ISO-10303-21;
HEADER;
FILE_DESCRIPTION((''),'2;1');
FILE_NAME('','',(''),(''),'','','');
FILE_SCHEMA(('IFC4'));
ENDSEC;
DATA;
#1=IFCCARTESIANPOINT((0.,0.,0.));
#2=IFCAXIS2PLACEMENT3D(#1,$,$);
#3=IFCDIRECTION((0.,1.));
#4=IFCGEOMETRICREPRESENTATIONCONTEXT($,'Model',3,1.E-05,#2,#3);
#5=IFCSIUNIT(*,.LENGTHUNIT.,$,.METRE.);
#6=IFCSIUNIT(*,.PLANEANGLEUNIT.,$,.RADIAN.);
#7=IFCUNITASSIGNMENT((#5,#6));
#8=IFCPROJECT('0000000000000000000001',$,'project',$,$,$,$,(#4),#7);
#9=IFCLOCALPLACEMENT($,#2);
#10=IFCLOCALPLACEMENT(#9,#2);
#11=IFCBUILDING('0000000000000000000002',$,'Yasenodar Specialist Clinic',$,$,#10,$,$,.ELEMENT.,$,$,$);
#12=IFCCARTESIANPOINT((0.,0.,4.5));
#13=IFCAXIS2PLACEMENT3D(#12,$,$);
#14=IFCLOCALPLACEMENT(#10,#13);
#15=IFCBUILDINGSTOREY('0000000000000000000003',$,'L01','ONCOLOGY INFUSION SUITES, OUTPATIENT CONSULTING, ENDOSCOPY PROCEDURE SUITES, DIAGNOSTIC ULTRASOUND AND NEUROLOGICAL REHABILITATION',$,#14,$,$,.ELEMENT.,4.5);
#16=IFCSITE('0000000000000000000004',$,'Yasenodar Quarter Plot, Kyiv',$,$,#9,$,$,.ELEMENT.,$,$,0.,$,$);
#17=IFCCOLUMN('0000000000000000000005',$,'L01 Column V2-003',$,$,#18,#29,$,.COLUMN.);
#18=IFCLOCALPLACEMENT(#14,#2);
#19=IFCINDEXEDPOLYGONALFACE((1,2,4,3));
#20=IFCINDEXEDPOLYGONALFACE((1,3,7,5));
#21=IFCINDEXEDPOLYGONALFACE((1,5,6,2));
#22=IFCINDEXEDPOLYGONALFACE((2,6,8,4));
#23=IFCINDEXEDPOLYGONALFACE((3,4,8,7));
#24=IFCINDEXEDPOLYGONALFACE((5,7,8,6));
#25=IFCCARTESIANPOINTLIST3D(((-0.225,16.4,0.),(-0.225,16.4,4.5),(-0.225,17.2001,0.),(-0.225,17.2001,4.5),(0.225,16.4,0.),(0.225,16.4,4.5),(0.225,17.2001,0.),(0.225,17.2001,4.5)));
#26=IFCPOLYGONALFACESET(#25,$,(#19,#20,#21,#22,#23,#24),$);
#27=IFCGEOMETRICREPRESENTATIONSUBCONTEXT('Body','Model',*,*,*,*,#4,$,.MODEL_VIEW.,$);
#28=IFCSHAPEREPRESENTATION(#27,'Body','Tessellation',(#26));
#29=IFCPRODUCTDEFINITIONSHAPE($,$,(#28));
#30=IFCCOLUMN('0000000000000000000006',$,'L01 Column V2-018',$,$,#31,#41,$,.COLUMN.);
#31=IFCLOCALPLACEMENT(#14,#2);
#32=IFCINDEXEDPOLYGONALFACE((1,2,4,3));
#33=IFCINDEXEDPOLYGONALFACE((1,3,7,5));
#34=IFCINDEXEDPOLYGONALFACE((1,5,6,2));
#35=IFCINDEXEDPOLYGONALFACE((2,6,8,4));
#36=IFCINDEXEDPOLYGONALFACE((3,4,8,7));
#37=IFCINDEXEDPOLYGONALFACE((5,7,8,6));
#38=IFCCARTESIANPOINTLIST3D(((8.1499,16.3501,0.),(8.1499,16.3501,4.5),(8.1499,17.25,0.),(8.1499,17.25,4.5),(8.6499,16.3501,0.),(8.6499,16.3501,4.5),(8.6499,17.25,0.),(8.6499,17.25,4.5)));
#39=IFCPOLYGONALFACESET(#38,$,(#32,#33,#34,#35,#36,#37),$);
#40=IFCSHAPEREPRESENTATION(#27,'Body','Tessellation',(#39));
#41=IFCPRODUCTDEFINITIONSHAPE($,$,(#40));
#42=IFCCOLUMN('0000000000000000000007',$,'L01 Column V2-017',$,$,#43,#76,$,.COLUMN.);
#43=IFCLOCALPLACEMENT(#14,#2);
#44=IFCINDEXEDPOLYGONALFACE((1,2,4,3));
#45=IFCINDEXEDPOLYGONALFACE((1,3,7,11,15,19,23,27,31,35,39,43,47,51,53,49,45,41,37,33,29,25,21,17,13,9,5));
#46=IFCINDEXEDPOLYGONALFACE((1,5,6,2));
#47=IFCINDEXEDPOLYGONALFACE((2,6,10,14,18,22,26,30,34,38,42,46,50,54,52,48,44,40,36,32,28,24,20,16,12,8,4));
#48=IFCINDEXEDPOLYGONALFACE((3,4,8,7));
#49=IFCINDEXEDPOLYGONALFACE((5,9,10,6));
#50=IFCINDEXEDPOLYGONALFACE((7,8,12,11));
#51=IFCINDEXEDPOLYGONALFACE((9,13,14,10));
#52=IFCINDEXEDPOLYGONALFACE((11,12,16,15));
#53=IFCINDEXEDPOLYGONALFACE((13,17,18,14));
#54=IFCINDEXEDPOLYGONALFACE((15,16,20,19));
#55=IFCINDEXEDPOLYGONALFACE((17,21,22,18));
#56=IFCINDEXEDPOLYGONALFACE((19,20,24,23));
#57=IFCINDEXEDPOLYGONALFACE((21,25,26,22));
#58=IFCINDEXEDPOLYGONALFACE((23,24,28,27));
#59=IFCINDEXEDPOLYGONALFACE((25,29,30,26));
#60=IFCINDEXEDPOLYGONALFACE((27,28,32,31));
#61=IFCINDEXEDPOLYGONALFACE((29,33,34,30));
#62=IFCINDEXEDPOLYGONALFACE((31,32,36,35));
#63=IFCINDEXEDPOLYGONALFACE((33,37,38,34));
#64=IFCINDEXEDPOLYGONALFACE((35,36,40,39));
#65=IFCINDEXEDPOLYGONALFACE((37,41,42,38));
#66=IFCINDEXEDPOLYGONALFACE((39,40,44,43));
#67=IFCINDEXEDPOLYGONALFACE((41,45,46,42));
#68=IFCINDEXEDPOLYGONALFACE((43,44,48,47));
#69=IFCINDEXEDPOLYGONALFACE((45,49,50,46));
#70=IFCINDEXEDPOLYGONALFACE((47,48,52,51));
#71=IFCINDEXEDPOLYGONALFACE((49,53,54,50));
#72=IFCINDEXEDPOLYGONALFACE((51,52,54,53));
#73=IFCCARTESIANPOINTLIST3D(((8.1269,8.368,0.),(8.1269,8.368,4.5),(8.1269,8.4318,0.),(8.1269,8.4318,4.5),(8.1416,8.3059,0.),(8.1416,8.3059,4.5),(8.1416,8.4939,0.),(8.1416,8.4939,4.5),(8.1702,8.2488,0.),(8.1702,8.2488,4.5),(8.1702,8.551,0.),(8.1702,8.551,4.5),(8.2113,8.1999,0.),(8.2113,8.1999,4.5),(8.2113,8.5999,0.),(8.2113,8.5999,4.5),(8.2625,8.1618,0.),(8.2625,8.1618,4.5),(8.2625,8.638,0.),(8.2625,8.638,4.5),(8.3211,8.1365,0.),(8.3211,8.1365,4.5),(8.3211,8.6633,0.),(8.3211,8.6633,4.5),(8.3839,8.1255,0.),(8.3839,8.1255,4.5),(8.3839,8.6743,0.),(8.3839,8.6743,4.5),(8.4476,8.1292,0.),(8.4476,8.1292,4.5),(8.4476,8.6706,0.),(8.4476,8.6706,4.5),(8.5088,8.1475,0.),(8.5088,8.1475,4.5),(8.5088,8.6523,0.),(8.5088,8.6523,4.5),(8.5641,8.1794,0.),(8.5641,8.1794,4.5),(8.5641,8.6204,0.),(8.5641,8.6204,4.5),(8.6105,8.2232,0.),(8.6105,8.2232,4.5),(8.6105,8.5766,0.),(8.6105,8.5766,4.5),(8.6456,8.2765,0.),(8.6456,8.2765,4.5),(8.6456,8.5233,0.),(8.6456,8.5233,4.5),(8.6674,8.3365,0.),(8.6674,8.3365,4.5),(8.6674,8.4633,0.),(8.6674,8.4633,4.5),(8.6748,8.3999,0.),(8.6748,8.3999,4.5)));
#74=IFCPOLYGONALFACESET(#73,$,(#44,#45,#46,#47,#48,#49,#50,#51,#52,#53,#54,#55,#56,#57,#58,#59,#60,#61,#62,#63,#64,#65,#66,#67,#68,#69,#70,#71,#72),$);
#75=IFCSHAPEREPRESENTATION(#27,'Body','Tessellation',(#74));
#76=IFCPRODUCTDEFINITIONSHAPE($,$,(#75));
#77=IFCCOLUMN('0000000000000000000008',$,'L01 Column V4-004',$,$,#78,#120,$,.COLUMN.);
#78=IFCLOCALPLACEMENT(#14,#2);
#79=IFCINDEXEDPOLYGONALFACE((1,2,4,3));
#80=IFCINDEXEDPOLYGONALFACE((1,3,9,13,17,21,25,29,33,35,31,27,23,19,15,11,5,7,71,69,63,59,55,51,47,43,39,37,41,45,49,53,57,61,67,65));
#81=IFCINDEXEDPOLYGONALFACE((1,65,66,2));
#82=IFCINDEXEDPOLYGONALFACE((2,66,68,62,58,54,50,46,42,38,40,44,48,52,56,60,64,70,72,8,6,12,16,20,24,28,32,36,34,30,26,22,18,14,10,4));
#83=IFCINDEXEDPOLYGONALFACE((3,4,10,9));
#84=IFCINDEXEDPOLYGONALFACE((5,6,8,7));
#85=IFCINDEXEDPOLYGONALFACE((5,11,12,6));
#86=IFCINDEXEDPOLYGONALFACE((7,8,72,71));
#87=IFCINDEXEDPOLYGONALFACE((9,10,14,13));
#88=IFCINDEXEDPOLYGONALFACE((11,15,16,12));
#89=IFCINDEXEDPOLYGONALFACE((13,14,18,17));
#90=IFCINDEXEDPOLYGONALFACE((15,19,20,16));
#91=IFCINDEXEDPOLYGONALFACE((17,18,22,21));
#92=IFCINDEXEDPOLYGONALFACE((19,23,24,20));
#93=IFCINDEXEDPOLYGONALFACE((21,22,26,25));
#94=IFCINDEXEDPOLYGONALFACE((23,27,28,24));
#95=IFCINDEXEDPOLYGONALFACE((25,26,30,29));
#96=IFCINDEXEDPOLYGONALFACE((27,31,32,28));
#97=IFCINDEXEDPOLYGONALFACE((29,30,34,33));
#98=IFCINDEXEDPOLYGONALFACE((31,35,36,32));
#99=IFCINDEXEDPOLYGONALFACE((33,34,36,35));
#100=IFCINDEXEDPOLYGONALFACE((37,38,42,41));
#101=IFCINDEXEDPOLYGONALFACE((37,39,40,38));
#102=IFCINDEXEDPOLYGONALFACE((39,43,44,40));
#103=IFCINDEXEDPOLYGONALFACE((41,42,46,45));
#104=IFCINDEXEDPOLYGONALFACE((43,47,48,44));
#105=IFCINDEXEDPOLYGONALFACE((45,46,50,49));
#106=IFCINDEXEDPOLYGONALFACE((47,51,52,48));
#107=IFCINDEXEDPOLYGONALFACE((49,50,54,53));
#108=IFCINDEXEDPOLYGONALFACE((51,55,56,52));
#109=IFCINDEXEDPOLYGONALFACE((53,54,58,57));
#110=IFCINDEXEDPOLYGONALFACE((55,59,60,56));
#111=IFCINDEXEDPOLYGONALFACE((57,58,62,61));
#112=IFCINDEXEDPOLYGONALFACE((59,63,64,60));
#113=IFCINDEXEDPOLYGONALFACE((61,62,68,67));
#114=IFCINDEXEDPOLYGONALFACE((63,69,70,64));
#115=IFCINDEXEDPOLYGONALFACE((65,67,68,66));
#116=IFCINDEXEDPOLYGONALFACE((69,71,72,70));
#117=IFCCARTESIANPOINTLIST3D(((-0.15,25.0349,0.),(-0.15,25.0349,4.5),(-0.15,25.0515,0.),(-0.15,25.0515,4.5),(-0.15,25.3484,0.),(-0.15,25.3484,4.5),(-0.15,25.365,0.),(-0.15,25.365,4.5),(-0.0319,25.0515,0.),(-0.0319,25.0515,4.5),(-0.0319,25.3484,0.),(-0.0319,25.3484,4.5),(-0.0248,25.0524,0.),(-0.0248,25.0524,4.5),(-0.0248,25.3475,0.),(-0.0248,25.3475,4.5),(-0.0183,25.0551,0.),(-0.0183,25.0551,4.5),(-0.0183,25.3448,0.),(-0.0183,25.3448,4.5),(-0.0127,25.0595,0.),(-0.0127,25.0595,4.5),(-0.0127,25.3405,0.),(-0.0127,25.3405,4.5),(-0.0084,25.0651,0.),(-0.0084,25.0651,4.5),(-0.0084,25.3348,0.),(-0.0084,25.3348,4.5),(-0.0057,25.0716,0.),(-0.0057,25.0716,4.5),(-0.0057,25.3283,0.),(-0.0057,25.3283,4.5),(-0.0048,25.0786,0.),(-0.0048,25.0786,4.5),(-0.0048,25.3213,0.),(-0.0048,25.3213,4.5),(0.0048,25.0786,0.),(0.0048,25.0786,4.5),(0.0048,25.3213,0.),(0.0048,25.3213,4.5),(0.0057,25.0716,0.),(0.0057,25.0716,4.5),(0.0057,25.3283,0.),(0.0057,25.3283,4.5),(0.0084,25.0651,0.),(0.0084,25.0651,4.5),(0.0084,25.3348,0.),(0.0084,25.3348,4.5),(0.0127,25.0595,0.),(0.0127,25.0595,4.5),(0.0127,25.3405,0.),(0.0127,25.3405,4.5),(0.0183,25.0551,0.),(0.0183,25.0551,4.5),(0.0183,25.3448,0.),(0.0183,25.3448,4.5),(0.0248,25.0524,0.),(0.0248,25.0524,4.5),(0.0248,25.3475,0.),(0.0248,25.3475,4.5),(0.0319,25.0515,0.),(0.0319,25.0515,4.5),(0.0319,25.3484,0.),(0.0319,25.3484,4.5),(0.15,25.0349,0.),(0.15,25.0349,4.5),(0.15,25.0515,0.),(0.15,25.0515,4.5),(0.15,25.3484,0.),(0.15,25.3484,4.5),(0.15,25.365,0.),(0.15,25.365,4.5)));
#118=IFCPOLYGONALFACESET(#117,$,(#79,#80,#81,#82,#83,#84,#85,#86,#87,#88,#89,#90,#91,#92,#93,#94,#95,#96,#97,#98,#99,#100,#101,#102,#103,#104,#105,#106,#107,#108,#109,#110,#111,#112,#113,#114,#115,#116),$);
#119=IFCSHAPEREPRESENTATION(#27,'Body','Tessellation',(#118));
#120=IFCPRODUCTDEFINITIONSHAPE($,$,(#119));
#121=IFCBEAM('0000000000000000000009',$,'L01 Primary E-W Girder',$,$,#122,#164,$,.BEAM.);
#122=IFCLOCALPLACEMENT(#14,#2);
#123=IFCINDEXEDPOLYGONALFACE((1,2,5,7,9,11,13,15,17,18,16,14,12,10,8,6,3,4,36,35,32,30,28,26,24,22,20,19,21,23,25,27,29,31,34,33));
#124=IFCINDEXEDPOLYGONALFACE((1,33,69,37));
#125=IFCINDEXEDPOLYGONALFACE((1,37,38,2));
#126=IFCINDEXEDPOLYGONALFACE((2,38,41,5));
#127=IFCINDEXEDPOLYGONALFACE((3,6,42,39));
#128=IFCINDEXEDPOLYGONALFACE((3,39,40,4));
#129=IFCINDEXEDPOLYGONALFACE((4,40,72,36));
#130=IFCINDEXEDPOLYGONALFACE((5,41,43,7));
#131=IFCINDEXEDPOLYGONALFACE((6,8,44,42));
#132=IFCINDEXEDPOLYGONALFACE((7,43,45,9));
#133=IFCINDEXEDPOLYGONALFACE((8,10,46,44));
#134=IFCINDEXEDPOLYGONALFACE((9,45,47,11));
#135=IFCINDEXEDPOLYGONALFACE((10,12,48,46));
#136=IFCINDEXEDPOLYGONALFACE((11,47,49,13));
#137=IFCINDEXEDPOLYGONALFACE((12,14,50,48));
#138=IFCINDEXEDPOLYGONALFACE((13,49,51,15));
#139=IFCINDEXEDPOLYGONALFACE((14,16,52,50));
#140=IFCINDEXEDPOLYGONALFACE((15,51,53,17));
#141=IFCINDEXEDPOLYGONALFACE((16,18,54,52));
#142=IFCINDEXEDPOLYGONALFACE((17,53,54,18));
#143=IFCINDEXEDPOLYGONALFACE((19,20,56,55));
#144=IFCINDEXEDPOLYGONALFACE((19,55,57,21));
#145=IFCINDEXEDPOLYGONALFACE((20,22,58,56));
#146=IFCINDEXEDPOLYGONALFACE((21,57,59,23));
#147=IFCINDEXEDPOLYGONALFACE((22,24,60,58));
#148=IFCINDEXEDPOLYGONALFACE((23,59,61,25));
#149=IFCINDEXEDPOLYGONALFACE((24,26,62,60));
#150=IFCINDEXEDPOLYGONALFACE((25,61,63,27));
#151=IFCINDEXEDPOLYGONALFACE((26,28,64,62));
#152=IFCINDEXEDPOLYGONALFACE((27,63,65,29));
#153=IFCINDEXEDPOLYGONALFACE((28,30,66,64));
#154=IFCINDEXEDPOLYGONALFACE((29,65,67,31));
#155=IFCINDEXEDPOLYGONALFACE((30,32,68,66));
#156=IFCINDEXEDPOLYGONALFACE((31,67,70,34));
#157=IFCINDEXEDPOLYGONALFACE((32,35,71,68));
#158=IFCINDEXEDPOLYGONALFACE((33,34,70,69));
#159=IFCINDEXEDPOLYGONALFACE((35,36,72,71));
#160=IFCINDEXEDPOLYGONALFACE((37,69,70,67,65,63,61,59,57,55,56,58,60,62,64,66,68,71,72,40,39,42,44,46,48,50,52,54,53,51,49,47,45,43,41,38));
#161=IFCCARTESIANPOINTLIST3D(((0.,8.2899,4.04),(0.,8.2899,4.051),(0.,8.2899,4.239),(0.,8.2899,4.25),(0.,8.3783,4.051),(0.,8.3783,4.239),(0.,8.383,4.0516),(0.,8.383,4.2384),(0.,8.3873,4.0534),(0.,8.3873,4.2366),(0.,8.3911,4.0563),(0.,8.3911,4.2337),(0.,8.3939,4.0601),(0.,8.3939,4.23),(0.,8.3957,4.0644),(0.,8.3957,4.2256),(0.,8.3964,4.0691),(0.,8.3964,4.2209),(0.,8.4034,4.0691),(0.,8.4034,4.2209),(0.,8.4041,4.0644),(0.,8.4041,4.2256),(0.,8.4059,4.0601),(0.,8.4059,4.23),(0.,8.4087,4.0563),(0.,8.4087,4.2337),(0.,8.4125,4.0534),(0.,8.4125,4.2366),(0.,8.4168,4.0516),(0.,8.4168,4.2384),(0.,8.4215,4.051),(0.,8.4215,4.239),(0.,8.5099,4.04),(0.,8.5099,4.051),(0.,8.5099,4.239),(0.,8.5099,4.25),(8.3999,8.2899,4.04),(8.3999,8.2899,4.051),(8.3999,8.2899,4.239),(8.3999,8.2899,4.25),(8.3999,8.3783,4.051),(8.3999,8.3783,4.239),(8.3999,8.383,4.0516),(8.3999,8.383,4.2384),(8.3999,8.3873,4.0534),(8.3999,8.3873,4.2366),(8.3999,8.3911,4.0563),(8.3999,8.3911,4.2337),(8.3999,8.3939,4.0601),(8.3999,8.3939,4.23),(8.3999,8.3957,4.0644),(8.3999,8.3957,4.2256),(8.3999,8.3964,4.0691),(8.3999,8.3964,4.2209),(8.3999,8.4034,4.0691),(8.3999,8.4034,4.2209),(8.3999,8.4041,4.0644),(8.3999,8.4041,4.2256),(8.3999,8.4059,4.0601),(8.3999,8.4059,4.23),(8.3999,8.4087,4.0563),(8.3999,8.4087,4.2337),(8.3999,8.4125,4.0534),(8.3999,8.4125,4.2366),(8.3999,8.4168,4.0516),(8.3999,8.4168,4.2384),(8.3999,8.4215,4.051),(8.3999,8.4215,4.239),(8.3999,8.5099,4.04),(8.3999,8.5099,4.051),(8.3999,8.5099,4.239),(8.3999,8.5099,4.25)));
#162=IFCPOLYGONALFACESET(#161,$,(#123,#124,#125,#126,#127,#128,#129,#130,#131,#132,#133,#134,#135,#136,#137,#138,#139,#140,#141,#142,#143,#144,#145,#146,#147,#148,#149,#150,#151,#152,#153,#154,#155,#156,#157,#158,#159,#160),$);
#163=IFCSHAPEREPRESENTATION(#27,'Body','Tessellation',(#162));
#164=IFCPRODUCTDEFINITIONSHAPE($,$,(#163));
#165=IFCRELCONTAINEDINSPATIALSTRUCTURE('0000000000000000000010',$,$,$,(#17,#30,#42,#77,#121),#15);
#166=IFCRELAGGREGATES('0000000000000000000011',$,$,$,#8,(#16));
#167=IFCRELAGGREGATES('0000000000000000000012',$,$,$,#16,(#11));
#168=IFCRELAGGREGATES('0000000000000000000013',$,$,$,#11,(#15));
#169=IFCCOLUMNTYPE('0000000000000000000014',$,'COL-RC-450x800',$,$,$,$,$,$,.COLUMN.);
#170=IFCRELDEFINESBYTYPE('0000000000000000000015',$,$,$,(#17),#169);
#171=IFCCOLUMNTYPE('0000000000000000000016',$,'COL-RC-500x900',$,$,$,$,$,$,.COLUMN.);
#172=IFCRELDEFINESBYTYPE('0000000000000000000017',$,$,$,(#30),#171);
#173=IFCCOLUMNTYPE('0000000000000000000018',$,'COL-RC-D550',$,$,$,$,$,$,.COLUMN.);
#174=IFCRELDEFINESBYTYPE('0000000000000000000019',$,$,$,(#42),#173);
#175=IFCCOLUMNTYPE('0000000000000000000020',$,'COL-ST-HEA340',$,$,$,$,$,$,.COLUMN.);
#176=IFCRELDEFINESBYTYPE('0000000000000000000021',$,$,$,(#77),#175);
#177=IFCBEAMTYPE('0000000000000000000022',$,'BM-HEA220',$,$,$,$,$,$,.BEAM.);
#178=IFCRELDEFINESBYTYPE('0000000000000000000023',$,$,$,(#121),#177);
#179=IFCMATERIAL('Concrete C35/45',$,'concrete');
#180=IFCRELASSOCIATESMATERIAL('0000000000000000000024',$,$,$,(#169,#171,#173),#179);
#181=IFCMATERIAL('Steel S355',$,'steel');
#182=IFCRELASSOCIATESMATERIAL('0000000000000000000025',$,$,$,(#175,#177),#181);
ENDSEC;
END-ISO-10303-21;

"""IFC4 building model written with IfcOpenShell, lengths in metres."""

from ifc_helpers import new_model, si_unit, direction, frame, origin, origin_2d, place, context, subcontext, project, spatial, rectangle, circle, i_section, extrude, material, material_profile, profile_set, type_object, element, save


model = new_model("IFC4")

# Units and contexts
model_context = context("Model", 3, precision=1e-05, world=origin(), true_north=direction((0.0, 1.0)))
body_context = subcontext(model_context, "Body", "Model", "MODEL_VIEW")
ifc_project = project(units=[si_unit("LENGTHUNIT", "METRE"), si_unit("PLANEANGLEUNIT", "RADIAN")], contexts=[model_context])

# Site, building, storey
site_placement = place(None, origin())
site = spatial("IfcSite", under=ifc_project, at=site_placement, Name="Yasenodar Quarter Plot, Kyiv", CompositionType="ELEMENT", RefElevation=0.0)
building_placement = place(site_placement, origin())
building = spatial("IfcBuilding", under=site, at=building_placement, Name="Yasenodar Specialist Clinic", CompositionType="ELEMENT")
storey_placement = place(building_placement, frame((0.0, 0.0, 4.5)))
storey = spatial("IfcBuildingStorey", under=building, at=storey_placement, Name="L01", Description="ONCOLOGY INFUSION SUITES, OUTPATIENT CONSULTING, ENDOSCOPY PROCEDURE SUITES, DIAGNOSTIC ULTRASOUND AND NEUROLOGICAL REHABILITATION", CompositionType="ELEMENT", Elevation=4.5)

# Columns
ifc_material_1 = material(Name="Concrete C35/45", Category="concrete")
ifc_material_profile_1 = material_profile(ifc_material_1, rectangle(XDim=0.45, YDim=0.8, at=origin_2d()), Name="RC 450x800")
ifc_profile_set_1 = profile_set([ifc_material_profile_1], Name="Concrete C35/45")
column_type_1 = type_object("IfcColumnType", Name="COL-RC-450x800", PredefinedType="COLUMN", material=ifc_profile_set_1)
column_1_placement = place(storey_placement, frame((0.0, 16.8, 0.0), z_axis=(0.0, 0.0, 1.0), x_axis=(1.0, 0.0, 0.0)))
element("IfcColumn", 1, at=column_1_placement, inside=storey, type_object=column_type_1, Name="L01 Column V2-003", PredefinedType="COLUMN", context=body_context, shape_type="SweptSolid", body=[
    extrude(rectangle(XDim=0.45, YDim=0.8, at=origin_2d()), origin(), (0.0, 0.0, 1.0), 4.5),
])
ifc_material_profile_2 = material_profile(ifc_material_1, rectangle(XDim=0.5, YDim=0.8999, at=origin_2d()), Name="RC 500x900")
ifc_profile_set_2 = profile_set([ifc_material_profile_2], Name="Concrete C35/45")
column_type_2 = type_object("IfcColumnType", Name="COL-RC-500x900", PredefinedType="COLUMN", material=ifc_profile_set_2)
column_2_placement = place(storey_placement, frame((8.3999, 16.8, 0.0), z_axis=(0.0, 0.0, 1.0), x_axis=(1.0, 0.0, 0.0)))
element("IfcColumn", 2, at=column_2_placement, inside=storey, type_object=column_type_2, Name="L01 Column V2-018", PredefinedType="COLUMN", context=body_context, shape_type="SweptSolid", body=[
    extrude(rectangle(XDim=0.5, YDim=0.8999, at=origin_2d()), origin(), (0.0, 0.0, 1.0), 4.5),
])
ifc_material_profile_3 = material_profile(ifc_material_1, circle(Radius=0.2749, at=origin_2d()), Name="RC D550")
ifc_profile_set_3 = profile_set([ifc_material_profile_3], Name="Concrete C35/45")
column_type_3 = type_object("IfcColumnType", Name="COL-RC-D550", PredefinedType="COLUMN", material=ifc_profile_set_3)
column_3_placement = place(storey_placement, frame((8.3999, 8.3999, 0.0), z_axis=(0.0, 0.0, 1.0), x_axis=(1.0, 0.0, 0.0)))
element("IfcColumn", 3, at=column_3_placement, inside=storey, type_object=column_type_3, Name="L01 Column V2-017", PredefinedType="COLUMN", context=body_context, shape_type="SweptSolid", body=[
    extrude(circle(Radius=0.2749, at=origin_2d()), origin(), (0.0, 0.0, 1.0), 4.5),
])
ifc_material_2 = material(Name="Steel S355", Category="steel")
ifc_material_profile_4 = material_profile(ifc_material_2, i_section(OverallWidth=0.3, OverallDepth=0.3301, WebThickness=0.0095, FlangeThickness=0.0166, FilletRadius=0.0271, at=origin_2d()), Name="HEA 340")
ifc_profile_set_4 = profile_set([ifc_material_profile_4], Name="Steel S355")
column_type_4 = type_object("IfcColumnType", Name="COL-ST-HEA340", PredefinedType="COLUMN", material=ifc_profile_set_4)
column_4_placement = place(storey_placement, frame((0.0, 25.2, 0.0), z_axis=(0.0, 0.0, 1.0), x_axis=(1.0, 0.0, 0.0)))
element("IfcColumn", 4, at=column_4_placement, inside=storey, type_object=column_type_4, Name="L01 Column V4-004", PredefinedType="COLUMN", context=body_context, shape_type="SweptSolid", body=[
    extrude(i_section(OverallWidth=0.3, OverallDepth=0.3301, WebThickness=0.0095, FlangeThickness=0.0166, FilletRadius=0.0271, at=origin_2d()), origin(), (0.0, 0.0, 1.0), 4.5),
])

# Beam
ifc_material_profile_5 = material_profile(ifc_material_2, i_section(OverallWidth=0.22, OverallDepth=0.21, WebThickness=0.0071, FlangeThickness=0.011, FilletRadius=0.0181, at=origin_2d()), Name="HEA 220")
ifc_profile_set_5 = profile_set([ifc_material_profile_5], Name="Steel S355")
beam_type_1 = type_object("IfcBeamType", Name="BM-HEA220", PredefinedType="BEAM", material=ifc_profile_set_5)
for number, where, z_axis, x_axis, name in (
    (5, (0.0, 8.3999, 4.145), (1.0, 0.0, 0.0), (0.0, 1.0, 0.0), "L01 Primary E-W Girder"),
):
    element("IfcBeam", number, at=place(storey_placement, frame(where, z_axis=z_axis, x_axis=x_axis)), inside=storey, type_object=beam_type_1, Name=name, PredefinedType="BEAM", context=body_context, shape_type="SweptSolid", body=[
        extrude(i_section(OverallWidth=0.22, OverallDepth=0.21, WebThickness=0.0071, FlangeThickness=0.011, FilletRadius=0.0181, at=origin_2d()), origin(), (0.0, 0.0, 1.0), 8.3999),
    ])

save(model, "model.ifc")
